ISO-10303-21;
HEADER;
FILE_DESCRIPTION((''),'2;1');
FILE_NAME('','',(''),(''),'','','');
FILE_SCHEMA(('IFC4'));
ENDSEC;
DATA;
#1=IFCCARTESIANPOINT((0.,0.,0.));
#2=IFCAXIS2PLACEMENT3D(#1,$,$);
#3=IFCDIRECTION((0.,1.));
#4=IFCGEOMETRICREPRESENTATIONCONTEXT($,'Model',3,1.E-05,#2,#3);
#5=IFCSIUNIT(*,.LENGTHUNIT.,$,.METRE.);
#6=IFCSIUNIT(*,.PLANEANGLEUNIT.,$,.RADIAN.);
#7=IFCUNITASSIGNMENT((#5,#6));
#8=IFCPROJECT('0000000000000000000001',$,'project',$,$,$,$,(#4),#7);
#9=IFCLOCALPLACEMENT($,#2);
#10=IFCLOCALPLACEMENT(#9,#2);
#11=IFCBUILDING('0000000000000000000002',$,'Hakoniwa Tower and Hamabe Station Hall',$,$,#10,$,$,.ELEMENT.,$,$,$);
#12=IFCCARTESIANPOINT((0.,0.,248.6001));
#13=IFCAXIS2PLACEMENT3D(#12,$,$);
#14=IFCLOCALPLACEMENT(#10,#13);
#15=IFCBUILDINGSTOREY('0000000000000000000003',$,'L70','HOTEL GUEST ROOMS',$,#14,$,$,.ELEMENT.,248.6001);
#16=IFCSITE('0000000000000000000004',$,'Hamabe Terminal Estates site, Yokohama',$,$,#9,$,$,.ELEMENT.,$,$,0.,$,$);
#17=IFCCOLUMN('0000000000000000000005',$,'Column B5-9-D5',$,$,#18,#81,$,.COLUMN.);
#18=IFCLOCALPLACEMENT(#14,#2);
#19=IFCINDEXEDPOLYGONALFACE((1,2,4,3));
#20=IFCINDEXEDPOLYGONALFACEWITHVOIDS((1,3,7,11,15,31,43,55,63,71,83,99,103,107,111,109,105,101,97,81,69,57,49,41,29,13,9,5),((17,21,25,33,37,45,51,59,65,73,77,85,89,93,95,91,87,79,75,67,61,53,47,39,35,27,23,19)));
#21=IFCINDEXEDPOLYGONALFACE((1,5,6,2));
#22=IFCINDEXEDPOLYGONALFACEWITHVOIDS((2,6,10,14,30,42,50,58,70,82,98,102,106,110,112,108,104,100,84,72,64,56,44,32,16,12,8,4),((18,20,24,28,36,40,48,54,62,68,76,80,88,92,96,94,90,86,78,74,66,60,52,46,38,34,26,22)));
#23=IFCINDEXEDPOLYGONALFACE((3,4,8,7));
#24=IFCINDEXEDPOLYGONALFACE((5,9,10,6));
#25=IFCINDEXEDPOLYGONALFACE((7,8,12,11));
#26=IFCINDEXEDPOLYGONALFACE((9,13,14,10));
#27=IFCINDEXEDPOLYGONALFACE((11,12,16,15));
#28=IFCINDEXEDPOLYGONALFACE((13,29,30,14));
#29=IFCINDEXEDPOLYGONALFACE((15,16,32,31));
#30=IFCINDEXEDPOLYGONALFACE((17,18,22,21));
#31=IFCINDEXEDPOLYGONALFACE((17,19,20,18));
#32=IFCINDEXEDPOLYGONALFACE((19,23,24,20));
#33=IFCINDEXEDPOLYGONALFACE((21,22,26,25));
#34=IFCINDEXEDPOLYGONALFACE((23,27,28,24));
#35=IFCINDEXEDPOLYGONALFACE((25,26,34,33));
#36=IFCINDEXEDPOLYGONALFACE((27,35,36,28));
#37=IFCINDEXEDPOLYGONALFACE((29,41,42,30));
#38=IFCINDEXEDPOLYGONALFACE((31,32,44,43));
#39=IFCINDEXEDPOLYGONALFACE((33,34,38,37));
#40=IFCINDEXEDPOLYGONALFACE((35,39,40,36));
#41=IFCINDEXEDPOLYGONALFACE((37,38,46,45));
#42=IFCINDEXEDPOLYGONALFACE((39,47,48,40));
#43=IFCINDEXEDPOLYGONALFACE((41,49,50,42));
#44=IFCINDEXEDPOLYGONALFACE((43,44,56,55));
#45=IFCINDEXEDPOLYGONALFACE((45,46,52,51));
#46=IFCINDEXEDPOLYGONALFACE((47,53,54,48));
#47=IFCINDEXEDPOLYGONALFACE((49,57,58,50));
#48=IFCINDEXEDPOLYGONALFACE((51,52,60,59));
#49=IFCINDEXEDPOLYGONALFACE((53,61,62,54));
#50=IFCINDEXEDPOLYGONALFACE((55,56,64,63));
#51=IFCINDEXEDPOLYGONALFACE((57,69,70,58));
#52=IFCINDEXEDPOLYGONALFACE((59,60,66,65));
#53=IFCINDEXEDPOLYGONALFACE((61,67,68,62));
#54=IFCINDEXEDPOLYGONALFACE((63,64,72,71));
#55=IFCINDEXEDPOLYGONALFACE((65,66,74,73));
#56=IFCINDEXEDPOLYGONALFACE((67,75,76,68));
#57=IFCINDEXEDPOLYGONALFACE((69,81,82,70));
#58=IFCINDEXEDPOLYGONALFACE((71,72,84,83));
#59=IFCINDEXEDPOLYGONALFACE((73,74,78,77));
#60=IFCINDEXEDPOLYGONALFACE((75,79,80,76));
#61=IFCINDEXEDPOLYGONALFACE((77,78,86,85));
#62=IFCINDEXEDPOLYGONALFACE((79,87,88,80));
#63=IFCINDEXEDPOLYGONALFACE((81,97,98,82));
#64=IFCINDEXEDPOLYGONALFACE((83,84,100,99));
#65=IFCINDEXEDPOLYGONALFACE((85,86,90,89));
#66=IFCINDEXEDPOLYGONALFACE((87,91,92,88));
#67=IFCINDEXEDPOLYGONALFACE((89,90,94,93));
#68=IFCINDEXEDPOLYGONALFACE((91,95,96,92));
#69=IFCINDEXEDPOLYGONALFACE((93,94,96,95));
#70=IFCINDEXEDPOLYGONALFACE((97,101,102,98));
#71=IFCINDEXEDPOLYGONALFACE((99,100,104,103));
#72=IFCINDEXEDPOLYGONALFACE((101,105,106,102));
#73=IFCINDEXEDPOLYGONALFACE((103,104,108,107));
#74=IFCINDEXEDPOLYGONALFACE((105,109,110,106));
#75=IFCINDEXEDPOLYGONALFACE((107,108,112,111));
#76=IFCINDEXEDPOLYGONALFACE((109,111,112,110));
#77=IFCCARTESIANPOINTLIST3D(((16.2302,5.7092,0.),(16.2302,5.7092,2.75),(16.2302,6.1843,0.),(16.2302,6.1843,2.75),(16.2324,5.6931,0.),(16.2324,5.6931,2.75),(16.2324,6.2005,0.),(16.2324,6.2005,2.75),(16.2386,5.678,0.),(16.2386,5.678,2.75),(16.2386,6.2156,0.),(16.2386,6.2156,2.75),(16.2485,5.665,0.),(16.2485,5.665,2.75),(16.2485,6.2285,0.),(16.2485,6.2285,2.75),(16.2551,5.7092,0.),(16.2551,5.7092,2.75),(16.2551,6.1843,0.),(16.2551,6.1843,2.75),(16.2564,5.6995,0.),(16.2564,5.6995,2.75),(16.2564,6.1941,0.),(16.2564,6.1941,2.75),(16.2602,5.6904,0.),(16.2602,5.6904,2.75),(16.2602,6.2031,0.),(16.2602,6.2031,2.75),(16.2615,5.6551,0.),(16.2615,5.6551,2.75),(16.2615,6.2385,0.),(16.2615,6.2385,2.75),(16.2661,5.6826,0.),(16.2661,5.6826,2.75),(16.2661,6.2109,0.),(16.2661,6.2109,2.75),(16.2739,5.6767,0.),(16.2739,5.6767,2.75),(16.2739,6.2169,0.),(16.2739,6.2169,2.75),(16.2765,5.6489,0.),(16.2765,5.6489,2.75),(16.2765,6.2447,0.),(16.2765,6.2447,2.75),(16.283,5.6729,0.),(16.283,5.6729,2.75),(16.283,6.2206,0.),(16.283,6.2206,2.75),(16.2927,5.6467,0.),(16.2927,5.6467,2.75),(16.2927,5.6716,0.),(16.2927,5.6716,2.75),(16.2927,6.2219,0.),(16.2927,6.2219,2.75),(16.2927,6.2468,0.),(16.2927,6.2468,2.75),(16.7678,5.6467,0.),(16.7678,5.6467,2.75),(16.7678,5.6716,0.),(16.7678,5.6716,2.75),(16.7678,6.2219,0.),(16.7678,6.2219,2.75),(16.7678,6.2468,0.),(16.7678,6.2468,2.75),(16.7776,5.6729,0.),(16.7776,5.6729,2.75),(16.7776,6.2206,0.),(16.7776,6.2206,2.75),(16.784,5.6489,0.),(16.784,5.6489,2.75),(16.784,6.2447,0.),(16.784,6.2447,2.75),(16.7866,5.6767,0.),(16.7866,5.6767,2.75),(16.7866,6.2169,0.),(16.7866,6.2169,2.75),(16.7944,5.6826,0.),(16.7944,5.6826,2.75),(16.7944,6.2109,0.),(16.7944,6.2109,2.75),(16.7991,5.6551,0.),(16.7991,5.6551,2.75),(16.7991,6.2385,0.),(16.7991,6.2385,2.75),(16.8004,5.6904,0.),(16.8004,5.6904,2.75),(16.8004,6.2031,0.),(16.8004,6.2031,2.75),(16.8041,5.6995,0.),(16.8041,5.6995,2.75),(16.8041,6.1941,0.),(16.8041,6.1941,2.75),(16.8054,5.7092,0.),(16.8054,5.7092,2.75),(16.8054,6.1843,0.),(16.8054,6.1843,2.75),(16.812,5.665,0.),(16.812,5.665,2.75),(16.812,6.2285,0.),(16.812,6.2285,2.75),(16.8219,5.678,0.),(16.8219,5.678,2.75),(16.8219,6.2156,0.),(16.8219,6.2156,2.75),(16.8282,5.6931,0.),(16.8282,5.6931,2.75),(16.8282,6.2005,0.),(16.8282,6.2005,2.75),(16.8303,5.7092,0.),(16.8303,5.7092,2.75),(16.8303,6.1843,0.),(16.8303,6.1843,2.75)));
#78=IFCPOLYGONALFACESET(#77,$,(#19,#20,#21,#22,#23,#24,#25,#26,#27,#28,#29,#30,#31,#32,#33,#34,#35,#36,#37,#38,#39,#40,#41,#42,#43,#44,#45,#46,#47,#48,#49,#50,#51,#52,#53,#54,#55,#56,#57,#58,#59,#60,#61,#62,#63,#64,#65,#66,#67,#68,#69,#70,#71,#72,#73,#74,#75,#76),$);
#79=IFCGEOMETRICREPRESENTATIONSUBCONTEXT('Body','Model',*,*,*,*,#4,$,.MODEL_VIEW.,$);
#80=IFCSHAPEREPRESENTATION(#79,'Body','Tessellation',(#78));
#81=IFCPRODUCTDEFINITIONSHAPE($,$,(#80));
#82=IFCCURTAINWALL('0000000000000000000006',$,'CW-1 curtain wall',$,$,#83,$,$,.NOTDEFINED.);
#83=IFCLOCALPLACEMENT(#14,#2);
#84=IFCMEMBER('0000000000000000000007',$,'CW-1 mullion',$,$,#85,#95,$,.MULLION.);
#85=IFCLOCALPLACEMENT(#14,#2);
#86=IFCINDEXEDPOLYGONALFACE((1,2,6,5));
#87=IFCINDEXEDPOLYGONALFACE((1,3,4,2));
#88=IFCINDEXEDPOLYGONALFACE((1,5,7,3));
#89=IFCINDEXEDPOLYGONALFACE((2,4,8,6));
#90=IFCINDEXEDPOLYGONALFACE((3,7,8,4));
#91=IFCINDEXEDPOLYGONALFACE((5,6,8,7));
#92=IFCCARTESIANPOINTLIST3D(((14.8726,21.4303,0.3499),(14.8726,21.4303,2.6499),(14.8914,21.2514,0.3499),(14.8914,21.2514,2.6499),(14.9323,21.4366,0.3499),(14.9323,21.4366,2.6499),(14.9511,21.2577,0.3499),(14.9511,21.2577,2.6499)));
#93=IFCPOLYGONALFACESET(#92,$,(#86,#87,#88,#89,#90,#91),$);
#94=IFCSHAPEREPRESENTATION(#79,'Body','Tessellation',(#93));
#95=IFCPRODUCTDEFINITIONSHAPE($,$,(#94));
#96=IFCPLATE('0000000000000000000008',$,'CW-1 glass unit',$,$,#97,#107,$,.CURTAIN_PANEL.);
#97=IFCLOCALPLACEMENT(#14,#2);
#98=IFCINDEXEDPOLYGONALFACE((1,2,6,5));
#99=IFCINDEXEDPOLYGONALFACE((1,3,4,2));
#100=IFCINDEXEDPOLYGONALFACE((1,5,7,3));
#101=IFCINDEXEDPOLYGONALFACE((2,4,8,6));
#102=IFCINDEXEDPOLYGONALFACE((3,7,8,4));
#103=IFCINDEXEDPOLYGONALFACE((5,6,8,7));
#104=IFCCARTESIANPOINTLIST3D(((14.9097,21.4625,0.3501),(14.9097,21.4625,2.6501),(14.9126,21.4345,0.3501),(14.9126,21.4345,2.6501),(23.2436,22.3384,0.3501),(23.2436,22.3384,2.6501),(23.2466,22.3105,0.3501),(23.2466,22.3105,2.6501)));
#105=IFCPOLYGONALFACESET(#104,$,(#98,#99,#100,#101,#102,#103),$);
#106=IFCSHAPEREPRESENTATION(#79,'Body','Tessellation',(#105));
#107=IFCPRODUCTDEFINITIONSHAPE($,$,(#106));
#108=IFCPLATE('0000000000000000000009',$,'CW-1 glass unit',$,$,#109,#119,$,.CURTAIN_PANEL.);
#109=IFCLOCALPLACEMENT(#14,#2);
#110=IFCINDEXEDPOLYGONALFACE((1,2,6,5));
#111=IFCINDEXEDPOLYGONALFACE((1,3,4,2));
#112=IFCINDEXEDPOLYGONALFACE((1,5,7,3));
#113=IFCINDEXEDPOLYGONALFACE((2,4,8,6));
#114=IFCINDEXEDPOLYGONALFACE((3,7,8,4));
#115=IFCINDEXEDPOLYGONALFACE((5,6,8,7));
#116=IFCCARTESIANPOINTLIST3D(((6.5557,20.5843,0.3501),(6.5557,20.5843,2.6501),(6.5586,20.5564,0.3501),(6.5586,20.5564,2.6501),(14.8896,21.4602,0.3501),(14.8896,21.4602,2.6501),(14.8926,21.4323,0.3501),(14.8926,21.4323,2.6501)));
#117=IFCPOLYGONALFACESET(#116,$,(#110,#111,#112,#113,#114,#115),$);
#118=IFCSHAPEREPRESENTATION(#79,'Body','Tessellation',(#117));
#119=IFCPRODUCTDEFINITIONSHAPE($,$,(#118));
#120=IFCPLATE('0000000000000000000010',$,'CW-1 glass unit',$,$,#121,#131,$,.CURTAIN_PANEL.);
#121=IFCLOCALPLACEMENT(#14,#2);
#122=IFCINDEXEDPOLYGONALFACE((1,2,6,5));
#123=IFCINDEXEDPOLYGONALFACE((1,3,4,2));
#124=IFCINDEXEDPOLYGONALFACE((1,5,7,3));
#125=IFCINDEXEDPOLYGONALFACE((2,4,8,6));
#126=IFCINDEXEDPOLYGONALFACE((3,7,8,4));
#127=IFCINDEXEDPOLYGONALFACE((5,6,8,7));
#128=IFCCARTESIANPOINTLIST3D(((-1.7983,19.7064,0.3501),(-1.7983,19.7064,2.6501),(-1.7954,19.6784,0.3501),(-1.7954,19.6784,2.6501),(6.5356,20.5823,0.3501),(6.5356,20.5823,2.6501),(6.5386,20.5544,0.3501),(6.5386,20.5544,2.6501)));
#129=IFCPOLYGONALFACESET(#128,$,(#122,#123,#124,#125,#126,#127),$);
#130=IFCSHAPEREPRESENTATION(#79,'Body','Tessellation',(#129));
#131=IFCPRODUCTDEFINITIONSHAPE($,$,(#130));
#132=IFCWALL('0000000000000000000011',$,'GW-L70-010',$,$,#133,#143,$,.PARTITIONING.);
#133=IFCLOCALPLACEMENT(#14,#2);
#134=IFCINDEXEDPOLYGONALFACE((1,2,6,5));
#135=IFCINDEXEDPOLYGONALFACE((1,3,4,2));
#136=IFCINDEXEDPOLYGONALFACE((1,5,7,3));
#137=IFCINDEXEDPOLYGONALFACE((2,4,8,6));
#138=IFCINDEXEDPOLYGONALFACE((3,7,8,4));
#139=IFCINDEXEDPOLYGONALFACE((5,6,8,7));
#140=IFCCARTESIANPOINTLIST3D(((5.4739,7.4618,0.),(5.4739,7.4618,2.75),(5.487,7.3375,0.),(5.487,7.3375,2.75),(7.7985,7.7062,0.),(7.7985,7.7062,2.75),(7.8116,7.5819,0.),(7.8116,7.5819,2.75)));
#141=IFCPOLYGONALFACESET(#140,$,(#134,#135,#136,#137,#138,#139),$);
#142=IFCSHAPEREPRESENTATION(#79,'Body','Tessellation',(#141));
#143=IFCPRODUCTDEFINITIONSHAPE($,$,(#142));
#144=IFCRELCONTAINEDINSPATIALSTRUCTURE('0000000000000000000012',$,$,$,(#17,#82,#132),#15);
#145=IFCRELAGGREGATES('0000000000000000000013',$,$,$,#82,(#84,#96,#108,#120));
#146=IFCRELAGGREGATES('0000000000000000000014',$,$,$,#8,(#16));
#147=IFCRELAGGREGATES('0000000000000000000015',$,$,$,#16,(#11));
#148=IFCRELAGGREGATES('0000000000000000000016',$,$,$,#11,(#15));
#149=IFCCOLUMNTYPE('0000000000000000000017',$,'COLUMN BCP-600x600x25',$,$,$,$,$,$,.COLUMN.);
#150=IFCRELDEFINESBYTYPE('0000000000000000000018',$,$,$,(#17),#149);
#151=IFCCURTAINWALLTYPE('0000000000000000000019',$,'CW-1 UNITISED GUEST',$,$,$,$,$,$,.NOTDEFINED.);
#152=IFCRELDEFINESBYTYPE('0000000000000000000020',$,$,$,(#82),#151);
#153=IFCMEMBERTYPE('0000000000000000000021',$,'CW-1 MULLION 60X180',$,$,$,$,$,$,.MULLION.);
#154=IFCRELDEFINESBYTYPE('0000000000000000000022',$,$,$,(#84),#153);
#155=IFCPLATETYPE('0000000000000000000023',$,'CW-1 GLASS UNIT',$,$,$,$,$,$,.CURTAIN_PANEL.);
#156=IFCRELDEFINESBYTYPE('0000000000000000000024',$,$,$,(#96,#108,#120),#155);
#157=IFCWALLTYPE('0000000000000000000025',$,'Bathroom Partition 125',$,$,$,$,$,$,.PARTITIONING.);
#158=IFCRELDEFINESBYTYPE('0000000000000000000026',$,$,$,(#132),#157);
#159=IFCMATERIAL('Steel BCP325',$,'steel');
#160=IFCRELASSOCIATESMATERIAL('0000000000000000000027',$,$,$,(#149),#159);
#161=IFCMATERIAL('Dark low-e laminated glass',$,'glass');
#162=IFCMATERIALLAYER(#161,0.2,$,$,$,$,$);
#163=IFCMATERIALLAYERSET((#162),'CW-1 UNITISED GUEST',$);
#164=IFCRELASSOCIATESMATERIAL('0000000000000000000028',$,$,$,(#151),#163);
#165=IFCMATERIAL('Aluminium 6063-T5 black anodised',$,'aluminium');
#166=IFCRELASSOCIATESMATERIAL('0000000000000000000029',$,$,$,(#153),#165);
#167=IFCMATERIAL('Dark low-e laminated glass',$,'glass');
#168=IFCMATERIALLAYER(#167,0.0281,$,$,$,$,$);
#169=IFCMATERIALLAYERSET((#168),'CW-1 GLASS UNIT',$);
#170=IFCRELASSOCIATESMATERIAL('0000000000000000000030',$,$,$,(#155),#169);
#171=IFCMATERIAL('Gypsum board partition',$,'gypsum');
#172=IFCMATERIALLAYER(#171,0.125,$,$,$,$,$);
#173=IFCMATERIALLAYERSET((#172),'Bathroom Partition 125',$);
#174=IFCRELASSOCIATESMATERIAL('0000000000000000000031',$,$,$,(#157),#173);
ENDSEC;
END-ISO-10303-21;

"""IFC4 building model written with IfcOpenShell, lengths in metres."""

from ifc_helpers import new_model, si_unit, direction, frame, frame_2d, origin, origin_2d, place, context, subcontext, project, spatial, rectangle, hollow_rectangle, extrude, material, layer, layer_set, material_profile, profile_set, type_object, element, aggregate, save


model = new_model("IFC4")

# Units and contexts
model_context = context("Model", 3, precision=1e-05, world=origin(), true_north=direction((0.0, 1.0)))
body_context = subcontext(model_context, "Body", "Model", "MODEL_VIEW")
ifc_project = project(units=[si_unit("LENGTHUNIT", "METRE"), si_unit("PLANEANGLEUNIT", "RADIAN")], contexts=[model_context])

# Site, building, storey
site_placement = place(None, origin())
site = spatial("IfcSite", under=ifc_project, at=site_placement, Name="Hamabe Terminal Estates site, Yokohama", CompositionType="ELEMENT", RefElevation=0.0)
building_placement = place(site_placement, origin())
building = spatial("IfcBuilding", under=site, at=building_placement, Name="Hakoniwa Tower and Hamabe Station Hall", CompositionType="ELEMENT")
storey_placement = place(building_placement, frame((0.0, 0.0, 248.6001)))
storey = spatial("IfcBuildingStorey", under=building, at=storey_placement, Name="L70", Description="HOTEL GUEST ROOMS", CompositionType="ELEMENT", Elevation=248.6001)

# Column
ifc_material_1 = material(Name="Steel BCP325", Category="steel")
ifc_material_profile_1 = material_profile(ifc_material_1, hollow_rectangle(XDim=0.6001, YDim=0.6001, WallThickness=0.0249, InnerFilletRadius=0.0376, OuterFilletRadius=0.0625, at=origin_2d()), Name="BCP-600x600x25")
ifc_profile_set_1 = profile_set([ifc_material_profile_1], Name="Steel BCP325")
column_type_1 = type_object("IfcColumnType", Name="COLUMN BCP-600x600x25", PredefinedType="COLUMN", material=ifc_profile_set_1)
column_placement = place(storey_placement, frame((16.5303, 5.9468, 0.0), z_axis=(0.0, 0.0, 1.0), x_axis=(1.0, 0.0, 0.0)))
element("IfcColumn", 1, at=column_placement, inside=storey, type_object=column_type_1, Name="Column B5-9-D5", PredefinedType="COLUMN", context=body_context, shape_type="SweptSolid", body=[
    extrude(hollow_rectangle(XDim=0.6001, YDim=0.6001, WallThickness=0.0249, InnerFilletRadius=0.0376, OuterFilletRadius=0.0625, at=origin_2d()), origin(), (0.0, 0.0, 1.0), 2.75),
])

# Curtain wall, member, plates
ifc_material_2 = material(Name="Dark low-e laminated glass", Category="glass")
ifc_layer_1 = layer(ifc_material_2, 0.2)
ifc_layer_set_1 = layer_set([ifc_layer_1], Name="CW-1 UNITISED GUEST")
curtain_wall_type = type_object("IfcCurtainWallType", Name="CW-1 UNITISED GUEST", PredefinedType="NOTDEFINED", material=ifc_layer_set_1)
curtain_wall_placement = place(storey_placement, origin())
curtain_wall = element("IfcCurtainWall", 2, at=curtain_wall_placement, inside=storey, type_object=curtain_wall_type, Name="CW-1 curtain wall", PredefinedType="NOTDEFINED")
ifc_material_3 = material(Name="Aluminium 6063-T5 black anodised", Category="aluminium")
ifc_material_profile_2 = material_profile(ifc_material_3, rectangle(XDim=0.0601, YDim=0.1799, at=origin_2d()), Name="CW-1 MULLION 60X180")
ifc_profile_set_2 = profile_set([ifc_material_profile_2], Name="Aluminium 6063-T5 black anodised")
member_type = type_object("IfcMemberType", Name="CW-1 MULLION 60X180", PredefinedType="MULLION", material=ifc_profile_set_2)
member_placement = place(storey_placement, frame((14.9119, 21.344, 0.3499), z_axis=(0.0, 0.0, 1.0), x_axis=(-0.994522, -0.104528, 0.0)))
member = element("IfcMember", 3, at=member_placement, type_object=member_type, Name="CW-1 mullion", PredefinedType="MULLION", context=body_context, shape_type="SweptSolid", body=[
    extrude(rectangle(XDim=0.0601, YDim=0.1799, at=origin_2d()), origin(), (0.0, 0.0, 1.0), 2.3),
])
ifc_material_4 = material(Name="Dark low-e laminated glass", Category="glass")
ifc_layer_2 = layer(ifc_material_4, 0.0281)
ifc_layer_set_2 = layer_set([ifc_layer_2], Name="CW-1 GLASS UNIT")
plate_type = type_object("IfcPlateType", Name="CW-1 GLASS UNIT", PredefinedType="CURTAIN_PANEL", material=ifc_layer_set_2)
plate_1_placement = place(storey_placement, frame((19.0781, 21.8865, 0.3501), z_axis=(0.0, 0.0, 1.0), x_axis=(-0.994522, -0.104528, 0.0)))
plate_1 = element("IfcPlate", 4, at=plate_1_placement, type_object=plate_type, Name="CW-1 glass unit", PredefinedType="CURTAIN_PANEL", context=body_context, shape_type="SweptSolid", body=[
    extrude(rectangle(XDim=8.3799, YDim=0.0281, at=origin_2d()), origin(), (0.0, 0.0, 1.0), 2.3),
])
plate_2_placement = place(storey_placement, frame((10.7241, 21.0083, 0.3501), z_axis=(0.0, 0.0, 1.0), x_axis=(-0.994522, -0.104528, 0.0)))
plate_2 = element("IfcPlate", 5, at=plate_2_placement, type_object=plate_type, Name="CW-1 glass unit", PredefinedType="CURTAIN_PANEL", context=body_context, shape_type="SweptSolid", body=[
    extrude(rectangle(XDim=8.3799, YDim=0.0281, at=origin_2d()), origin(), (0.0, 0.0, 1.0), 2.3),
])
plate_3_placement = place(storey_placement, frame((2.3701, 20.1304, 0.3501), z_axis=(0.0, 0.0, 1.0), x_axis=(-0.994522, -0.104528, 0.0)))
plate_3 = element("IfcPlate", 6, at=plate_3_placement, type_object=plate_type, Name="CW-1 glass unit", PredefinedType="CURTAIN_PANEL", context=body_context, shape_type="SweptSolid", body=[
    extrude(rectangle(XDim=8.3799, YDim=0.0281, at=origin_2d()), origin(), (0.0, 0.0, 1.0), 2.3),
])
aggregate(curtain_wall, [member, plate_1, plate_2, plate_3])

# Wall
ifc_material_5 = material(Name="Gypsum board partition", Category="gypsum")
ifc_layer_3 = layer(ifc_material_5, 0.125)
ifc_layer_set_3 = layer_set([ifc_layer_3], Name="Bathroom Partition 125")
wall_type_1 = type_object("IfcWallType", Name="Bathroom Partition 125", PredefinedType="PARTITIONING", material=ifc_layer_set_3)
wall_1_placement = place(storey_placement, frame((5.4805, 7.3997, 0.0), z_axis=(0.0, 0.0, 1.0), x_axis=(0.99452, 0.104549, 0.0)))
element("IfcWall", 7, at=wall_1_placement, inside=storey, type_object=wall_type_1, Name="GW-L70-010", PredefinedType="PARTITIONING", context=body_context, shape_type="SweptSolid", body=[
    extrude(rectangle(XDim=2.3374, YDim=0.125, at=frame_2d((1.1687, 0.0))), origin(), (0.0, 0.0, 1.0), 2.75),
])

save(model, "model.ifc")
